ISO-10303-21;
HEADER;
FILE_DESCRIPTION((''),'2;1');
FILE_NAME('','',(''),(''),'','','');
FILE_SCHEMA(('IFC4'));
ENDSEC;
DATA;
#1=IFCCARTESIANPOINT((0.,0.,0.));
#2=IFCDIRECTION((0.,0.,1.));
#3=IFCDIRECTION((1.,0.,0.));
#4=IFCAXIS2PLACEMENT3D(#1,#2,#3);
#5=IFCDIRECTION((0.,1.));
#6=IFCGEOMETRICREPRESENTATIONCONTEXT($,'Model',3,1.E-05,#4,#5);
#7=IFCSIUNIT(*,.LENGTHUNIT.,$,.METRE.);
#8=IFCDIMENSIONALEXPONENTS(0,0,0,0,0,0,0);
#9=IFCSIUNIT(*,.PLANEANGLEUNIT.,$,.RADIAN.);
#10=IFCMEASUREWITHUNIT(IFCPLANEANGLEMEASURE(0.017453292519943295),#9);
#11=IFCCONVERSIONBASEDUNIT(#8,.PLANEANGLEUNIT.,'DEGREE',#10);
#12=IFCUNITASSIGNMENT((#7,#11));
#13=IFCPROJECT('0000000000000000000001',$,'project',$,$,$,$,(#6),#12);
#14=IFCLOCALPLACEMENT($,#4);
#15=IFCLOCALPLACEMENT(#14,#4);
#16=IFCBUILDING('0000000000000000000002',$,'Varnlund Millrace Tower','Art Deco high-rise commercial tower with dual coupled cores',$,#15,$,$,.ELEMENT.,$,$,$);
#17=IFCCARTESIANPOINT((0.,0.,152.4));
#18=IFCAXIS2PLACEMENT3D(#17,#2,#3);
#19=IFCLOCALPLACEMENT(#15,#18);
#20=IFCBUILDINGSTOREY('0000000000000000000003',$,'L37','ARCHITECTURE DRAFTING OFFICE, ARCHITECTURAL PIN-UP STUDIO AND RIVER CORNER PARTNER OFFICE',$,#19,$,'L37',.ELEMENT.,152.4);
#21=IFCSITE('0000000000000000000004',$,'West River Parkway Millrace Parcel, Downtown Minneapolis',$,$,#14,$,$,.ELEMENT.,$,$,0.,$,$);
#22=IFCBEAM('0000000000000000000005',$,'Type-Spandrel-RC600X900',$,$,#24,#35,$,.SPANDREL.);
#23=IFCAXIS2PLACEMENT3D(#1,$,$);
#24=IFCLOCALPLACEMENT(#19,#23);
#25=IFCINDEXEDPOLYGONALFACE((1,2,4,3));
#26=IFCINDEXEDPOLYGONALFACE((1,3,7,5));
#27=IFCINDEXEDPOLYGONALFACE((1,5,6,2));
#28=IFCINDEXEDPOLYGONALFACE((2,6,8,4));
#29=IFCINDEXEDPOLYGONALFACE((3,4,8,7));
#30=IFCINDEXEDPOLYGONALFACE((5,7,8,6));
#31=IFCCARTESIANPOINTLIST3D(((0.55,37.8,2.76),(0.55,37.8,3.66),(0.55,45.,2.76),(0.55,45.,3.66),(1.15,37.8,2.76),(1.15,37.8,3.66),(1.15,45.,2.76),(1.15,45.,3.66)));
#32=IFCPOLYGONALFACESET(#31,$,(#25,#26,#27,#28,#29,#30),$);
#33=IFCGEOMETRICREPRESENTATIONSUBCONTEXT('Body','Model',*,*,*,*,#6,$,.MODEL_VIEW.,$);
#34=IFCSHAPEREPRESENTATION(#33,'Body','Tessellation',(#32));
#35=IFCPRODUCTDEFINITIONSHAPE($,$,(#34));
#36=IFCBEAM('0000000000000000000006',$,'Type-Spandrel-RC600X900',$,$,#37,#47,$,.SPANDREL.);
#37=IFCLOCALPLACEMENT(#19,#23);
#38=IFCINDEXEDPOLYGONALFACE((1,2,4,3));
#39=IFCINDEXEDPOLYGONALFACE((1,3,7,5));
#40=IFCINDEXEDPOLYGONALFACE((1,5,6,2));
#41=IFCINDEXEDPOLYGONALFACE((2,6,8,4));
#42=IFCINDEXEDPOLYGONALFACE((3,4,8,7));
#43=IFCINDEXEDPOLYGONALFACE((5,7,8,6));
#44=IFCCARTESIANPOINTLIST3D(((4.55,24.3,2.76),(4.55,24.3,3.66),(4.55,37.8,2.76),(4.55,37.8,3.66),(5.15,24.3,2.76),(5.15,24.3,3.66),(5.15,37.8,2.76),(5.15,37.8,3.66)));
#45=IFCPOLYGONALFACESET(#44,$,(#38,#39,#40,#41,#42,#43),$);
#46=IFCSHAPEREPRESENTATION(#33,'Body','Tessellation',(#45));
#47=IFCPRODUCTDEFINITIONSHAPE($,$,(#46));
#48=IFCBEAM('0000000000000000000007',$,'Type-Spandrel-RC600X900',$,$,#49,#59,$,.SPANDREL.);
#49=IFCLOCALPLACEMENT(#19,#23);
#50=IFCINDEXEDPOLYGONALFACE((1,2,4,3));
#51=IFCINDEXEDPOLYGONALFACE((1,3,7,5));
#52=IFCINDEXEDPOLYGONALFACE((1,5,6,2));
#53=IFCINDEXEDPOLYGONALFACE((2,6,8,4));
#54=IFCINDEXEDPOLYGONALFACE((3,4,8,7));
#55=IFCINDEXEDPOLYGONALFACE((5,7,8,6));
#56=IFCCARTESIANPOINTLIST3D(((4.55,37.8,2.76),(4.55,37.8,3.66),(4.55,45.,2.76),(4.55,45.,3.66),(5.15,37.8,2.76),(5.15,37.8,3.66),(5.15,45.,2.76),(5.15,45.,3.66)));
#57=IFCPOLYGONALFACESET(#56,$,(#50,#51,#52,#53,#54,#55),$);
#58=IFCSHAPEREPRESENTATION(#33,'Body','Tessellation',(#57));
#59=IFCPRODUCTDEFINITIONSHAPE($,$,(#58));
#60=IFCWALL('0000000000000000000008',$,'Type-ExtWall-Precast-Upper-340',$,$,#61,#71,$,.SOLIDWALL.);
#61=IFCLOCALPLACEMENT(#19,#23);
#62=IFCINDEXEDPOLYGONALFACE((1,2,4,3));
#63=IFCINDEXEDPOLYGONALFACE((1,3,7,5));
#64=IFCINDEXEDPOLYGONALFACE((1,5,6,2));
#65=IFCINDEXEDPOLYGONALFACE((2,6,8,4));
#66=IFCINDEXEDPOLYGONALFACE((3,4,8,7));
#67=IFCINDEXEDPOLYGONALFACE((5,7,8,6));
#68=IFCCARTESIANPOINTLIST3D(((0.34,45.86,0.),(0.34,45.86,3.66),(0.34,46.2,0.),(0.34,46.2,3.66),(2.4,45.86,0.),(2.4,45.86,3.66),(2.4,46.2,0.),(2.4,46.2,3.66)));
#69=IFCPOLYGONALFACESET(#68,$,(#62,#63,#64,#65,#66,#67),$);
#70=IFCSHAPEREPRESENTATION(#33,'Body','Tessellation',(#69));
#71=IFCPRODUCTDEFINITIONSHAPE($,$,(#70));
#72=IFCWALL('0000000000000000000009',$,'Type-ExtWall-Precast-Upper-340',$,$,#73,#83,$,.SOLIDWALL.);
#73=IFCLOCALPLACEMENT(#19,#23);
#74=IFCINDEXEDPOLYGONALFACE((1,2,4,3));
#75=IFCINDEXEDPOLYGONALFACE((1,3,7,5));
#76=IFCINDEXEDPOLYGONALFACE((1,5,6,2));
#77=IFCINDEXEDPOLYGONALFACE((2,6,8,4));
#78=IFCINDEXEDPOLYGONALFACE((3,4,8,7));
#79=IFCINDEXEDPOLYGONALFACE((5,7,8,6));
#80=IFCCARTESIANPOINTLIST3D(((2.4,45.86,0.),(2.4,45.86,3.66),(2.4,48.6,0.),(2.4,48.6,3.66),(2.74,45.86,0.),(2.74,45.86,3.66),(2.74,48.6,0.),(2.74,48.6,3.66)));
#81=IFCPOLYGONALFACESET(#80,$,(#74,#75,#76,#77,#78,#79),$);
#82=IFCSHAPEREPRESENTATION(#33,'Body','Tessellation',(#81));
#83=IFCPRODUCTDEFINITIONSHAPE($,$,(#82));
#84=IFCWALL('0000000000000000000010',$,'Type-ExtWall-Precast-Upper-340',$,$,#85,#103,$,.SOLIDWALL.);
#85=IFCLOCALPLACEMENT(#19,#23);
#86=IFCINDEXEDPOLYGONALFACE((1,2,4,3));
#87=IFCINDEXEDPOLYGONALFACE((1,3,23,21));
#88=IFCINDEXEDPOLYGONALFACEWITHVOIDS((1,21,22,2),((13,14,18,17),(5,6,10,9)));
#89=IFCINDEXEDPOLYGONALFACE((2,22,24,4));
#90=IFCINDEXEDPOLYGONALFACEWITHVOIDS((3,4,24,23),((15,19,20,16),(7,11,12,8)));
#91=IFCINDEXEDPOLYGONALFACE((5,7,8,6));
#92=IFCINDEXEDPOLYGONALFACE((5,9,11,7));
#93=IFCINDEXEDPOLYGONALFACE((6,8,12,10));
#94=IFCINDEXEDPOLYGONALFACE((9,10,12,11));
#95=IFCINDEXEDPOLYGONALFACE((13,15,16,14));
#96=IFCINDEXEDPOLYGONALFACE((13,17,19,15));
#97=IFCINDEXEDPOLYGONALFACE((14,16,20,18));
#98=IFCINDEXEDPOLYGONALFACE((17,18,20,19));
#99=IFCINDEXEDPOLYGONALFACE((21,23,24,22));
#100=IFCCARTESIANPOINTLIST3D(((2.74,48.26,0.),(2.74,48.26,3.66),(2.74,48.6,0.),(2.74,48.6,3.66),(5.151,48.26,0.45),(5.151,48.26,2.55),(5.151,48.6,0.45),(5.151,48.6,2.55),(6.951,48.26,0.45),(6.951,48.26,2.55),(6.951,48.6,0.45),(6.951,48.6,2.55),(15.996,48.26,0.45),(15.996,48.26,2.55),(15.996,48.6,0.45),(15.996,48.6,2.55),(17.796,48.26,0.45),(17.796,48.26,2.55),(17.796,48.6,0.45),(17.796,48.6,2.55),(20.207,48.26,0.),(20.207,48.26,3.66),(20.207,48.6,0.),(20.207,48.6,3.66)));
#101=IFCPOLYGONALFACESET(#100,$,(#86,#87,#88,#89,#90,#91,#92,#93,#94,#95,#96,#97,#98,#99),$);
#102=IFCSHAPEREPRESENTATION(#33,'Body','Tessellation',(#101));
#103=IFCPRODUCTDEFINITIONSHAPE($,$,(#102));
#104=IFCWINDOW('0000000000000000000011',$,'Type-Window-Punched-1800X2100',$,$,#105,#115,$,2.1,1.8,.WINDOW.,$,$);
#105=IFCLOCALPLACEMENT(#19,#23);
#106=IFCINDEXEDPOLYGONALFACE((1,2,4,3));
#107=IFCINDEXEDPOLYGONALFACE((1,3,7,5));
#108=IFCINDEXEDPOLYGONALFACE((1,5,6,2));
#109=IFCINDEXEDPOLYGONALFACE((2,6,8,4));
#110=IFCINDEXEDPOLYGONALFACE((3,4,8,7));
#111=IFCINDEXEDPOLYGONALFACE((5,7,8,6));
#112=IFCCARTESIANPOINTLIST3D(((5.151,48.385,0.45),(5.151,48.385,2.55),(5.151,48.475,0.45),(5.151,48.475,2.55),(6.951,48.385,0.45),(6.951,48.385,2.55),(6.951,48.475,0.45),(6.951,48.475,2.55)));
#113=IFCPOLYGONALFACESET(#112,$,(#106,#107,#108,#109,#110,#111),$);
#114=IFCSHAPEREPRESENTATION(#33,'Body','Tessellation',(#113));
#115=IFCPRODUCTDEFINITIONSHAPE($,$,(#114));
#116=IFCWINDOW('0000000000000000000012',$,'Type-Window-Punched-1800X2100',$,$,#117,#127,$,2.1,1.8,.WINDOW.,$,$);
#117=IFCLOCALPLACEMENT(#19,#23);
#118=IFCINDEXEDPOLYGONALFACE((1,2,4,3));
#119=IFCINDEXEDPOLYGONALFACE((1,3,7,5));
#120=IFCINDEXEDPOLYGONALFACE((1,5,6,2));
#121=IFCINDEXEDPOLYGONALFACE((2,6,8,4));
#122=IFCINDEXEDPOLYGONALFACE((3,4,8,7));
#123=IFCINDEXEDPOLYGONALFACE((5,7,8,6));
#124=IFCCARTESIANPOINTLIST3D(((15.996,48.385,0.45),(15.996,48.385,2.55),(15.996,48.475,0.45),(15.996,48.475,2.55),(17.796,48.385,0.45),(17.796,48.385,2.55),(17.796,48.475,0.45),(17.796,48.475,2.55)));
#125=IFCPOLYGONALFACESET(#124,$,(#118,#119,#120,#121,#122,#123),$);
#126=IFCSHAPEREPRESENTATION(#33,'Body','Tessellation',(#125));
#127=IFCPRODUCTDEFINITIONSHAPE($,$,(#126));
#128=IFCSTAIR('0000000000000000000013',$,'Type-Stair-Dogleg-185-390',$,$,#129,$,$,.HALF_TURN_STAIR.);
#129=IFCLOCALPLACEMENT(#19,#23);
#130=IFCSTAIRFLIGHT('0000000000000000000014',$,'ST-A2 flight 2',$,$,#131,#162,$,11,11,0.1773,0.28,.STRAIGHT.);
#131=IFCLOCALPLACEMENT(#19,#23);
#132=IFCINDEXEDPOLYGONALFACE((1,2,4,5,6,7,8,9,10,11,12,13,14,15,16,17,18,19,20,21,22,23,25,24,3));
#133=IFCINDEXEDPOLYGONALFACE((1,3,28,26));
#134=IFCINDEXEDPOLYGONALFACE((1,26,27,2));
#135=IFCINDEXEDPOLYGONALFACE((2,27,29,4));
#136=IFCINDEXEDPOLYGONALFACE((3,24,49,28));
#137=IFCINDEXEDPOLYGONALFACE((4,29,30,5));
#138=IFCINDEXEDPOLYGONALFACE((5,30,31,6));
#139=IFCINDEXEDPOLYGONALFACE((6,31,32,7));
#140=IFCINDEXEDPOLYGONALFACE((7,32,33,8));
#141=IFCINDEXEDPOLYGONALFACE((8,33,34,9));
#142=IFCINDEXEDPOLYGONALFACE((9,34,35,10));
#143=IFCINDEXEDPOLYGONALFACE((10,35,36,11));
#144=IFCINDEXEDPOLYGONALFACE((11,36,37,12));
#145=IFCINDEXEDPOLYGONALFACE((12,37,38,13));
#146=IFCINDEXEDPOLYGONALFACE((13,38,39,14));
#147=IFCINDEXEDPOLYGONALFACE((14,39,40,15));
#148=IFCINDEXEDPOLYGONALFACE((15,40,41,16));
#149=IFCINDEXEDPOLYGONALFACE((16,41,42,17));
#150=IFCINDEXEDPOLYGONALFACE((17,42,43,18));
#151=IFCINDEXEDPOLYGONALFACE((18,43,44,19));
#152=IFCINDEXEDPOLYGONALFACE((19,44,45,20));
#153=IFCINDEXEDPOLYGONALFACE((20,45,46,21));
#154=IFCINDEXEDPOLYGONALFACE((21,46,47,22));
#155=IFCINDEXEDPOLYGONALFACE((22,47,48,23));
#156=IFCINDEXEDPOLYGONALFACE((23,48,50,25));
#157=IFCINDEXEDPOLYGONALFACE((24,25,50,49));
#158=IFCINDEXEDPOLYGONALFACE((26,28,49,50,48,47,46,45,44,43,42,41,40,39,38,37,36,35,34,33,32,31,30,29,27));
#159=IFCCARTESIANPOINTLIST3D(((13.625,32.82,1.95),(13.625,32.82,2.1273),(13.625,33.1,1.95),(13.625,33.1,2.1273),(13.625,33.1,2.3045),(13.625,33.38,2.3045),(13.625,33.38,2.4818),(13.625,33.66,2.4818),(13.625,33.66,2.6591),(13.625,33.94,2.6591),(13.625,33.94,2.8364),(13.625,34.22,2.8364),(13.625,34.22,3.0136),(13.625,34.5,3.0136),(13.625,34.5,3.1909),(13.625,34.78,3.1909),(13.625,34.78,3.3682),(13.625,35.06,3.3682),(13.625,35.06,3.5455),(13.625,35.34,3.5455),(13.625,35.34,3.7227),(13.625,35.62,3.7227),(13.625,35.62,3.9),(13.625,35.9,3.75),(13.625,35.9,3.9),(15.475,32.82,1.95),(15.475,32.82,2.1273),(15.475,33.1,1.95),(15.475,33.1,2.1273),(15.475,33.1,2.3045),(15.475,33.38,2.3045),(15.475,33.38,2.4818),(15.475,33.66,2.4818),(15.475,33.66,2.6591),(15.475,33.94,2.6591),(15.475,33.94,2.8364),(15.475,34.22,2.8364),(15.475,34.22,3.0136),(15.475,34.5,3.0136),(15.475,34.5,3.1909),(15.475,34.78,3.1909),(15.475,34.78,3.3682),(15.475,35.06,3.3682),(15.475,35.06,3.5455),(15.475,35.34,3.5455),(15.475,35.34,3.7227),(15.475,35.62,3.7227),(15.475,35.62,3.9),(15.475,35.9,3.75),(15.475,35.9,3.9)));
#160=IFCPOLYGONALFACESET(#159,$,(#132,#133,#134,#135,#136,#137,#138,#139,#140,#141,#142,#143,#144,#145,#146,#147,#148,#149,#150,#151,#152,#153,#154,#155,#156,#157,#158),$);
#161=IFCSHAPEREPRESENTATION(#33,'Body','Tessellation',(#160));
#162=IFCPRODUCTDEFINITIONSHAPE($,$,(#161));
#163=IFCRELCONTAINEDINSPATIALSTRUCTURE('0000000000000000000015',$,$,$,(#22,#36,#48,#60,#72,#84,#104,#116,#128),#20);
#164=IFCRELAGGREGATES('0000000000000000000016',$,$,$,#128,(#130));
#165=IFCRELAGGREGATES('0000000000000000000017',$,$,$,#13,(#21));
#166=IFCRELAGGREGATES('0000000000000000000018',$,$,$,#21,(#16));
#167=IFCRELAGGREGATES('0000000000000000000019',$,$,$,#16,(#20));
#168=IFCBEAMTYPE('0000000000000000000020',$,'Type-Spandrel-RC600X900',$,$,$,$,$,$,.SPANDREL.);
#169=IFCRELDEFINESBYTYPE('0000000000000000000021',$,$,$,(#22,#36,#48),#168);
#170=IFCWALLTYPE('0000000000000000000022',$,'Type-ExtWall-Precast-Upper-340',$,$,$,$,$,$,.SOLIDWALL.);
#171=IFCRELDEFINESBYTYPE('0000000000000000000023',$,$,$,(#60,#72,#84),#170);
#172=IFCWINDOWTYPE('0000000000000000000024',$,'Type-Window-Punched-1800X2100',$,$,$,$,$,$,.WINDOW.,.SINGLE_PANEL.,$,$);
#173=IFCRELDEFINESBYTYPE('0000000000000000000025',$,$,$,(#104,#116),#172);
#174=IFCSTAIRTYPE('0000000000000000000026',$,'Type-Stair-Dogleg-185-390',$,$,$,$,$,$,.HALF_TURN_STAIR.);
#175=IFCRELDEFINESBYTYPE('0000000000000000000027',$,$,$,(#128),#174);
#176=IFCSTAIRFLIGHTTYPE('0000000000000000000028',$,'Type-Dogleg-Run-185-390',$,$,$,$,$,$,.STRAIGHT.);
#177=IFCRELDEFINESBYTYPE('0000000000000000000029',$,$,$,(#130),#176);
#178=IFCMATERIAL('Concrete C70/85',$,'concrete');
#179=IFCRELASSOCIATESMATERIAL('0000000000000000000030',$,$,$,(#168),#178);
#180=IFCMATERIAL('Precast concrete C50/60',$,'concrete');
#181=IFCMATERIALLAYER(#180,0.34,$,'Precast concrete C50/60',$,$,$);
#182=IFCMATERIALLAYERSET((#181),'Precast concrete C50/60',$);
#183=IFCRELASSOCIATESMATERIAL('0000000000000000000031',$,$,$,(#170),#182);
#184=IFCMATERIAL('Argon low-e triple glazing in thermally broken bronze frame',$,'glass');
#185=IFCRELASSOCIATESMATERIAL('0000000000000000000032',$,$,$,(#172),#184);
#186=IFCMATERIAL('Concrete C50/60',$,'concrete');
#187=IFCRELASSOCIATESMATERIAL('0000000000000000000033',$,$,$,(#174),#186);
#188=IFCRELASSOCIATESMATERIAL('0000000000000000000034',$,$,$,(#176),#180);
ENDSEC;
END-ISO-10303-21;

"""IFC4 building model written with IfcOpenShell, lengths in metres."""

from ifc_helpers import new_model, entity, si_unit, converted_unit, direction, frame, origin_with_axes, origin_2d_with_axis, place, context, subcontext, project, spatial, polyline, rectangle, outline, extrude, material, layer, layer_set, material_profile, profile_set, type_object, element, fill, aggregate, save


model = new_model("IFC4")

# Units and contexts
model_context = context("Model", 3, precision=1e-05, world=origin_with_axes(), true_north=direction((0.0, 1.0)))
body_context = subcontext(model_context, "Body", "Model", "MODEL_VIEW")
ifc_project = project(units=[si_unit("LENGTHUNIT", "METRE"), converted_unit("PLANEANGLEUNIT", "DEGREE", entity("IfcPlaneAngleMeasure", 0.017453292519943295), si_unit("PLANEANGLEUNIT", "RADIAN"), dimensions=[0, 0, 0, 0, 0, 0, 0])], contexts=[model_context])

# Site, building, storey
site_placement = place(None, origin_with_axes())
site = spatial("IfcSite", under=ifc_project, at=site_placement, Name="West River Parkway Millrace Parcel, Downtown Minneapolis", CompositionType="ELEMENT", RefElevation=0.0)
building_placement = place(site_placement, origin_with_axes())
building = spatial("IfcBuilding", under=site, at=building_placement, Name="Varnlund Millrace Tower", Description="Art Deco high-rise commercial tower with dual coupled cores", CompositionType="ELEMENT")
storey_placement = place(building_placement, frame((0.0, 0.0, 152.4), z_axis=(0.0, 0.0, 1.0), x_axis=(1.0, 0.0, 0.0)))
storey = spatial("IfcBuildingStorey", under=building, at=storey_placement, Name="L37", Description="ARCHITECTURE DRAFTING OFFICE, ARCHITECTURAL PIN-UP STUDIO AND RIVER CORNER PARTNER OFFICE", LongName="L37", CompositionType="ELEMENT", Elevation=152.4)

# Beams
ifc_material_1 = material(Name="Concrete C70/85", Category="concrete")
ifc_material_profile_1 = material_profile(ifc_material_1, rectangle(XDim=0.6, YDim=0.9, at=origin_2d_with_axis()), Name="Concrete C70/85")
ifc_profile_set_1 = profile_set([ifc_material_profile_1], Name="Concrete C70/85")
beam_type_1 = type_object("IfcBeamType", Name="Type-Spandrel-RC600X900", PredefinedType="SPANDREL", material=ifc_profile_set_1)
beam_1_placement = place(storey_placement, frame((0.85, 37.8, 3.21), z_axis=(0.0, 1.0, 0.0), x_axis=(-1.0, 0.0, 0.0)))
element("IfcBeam", 1, at=beam_1_placement, inside=storey, type_object=beam_type_1, Name="Type-Spandrel-RC600X900", PredefinedType="SPANDREL", context=body_context, shape_type="SweptSolid", body=[
    extrude(rectangle(XDim=0.6, YDim=0.9, at=origin_2d_with_axis()), origin_with_axes(), (0.0, 0.0, 1.0), 7.2),
])
beam_2_placement = place(storey_placement, frame((4.85, 24.3, 3.21), z_axis=(0.0, 1.0, 0.0), x_axis=(-1.0, 0.0, 0.0)))
element("IfcBeam", 2, at=beam_2_placement, inside=storey, type_object=beam_type_1, Name="Type-Spandrel-RC600X900", PredefinedType="SPANDREL", context=body_context, shape_type="SweptSolid", body=[
    extrude(rectangle(XDim=0.6, YDim=0.9, at=origin_2d_with_axis()), origin_with_axes(), (0.0, 0.0, 1.0), 13.5),
])
beam_3_placement = place(storey_placement, frame((4.85, 37.8, 3.21), z_axis=(0.0, 1.0, 0.0), x_axis=(-1.0, 0.0, 0.0)))
element("IfcBeam", 3, at=beam_3_placement, inside=storey, type_object=beam_type_1, Name="Type-Spandrel-RC600X900", PredefinedType="SPANDREL", context=body_context, shape_type="SweptSolid", body=[
    extrude(rectangle(XDim=0.6, YDim=0.9, at=origin_2d_with_axis()), origin_with_axes(), (0.0, 0.0, 1.0), 7.2),
])

# Walls
ifc_material_2 = material(Name="Precast concrete C50/60", Category="concrete")
ifc_layer = layer(ifc_material_2, 0.34, Name="Precast concrete C50/60")
ifc_layer_set = layer_set([ifc_layer], Name="Precast concrete C50/60")
wall_type = type_object("IfcWallType", Name="Type-ExtWall-Precast-Upper-340", PredefinedType="SOLIDWALL", material=ifc_layer_set)
wall_1_placement = place(storey_placement, frame((0.34, 46.03, 0.0), z_axis=(0.0, 0.0, 1.0), x_axis=(1.0, 0.0, 0.0)))
element("IfcWall", 4, at=wall_1_placement, inside=storey, type_object=wall_type, Name="Type-ExtWall-Precast-Upper-340", PredefinedType="SOLIDWALL", context=body_context, shape_type="SweptSolid", body=[
    extrude(outline(polyline([(0.0, -0.17), (2.06, -0.17), (2.06, 0.17), (0.0, 0.17), (0.0, -0.17)])), origin_with_axes(), (0.0, 0.0, 1.0), 3.66),
])
wall_2_placement = place(storey_placement, frame((2.57, 45.86, 0.0), z_axis=(0.0, 0.0, 1.0), x_axis=(0.0, 1.0, 0.0)))
element("IfcWall", 5, at=wall_2_placement, inside=storey, type_object=wall_type, Name="Type-ExtWall-Precast-Upper-340", PredefinedType="SOLIDWALL", context=body_context, shape_type="SweptSolid", body=[
    extrude(outline(polyline([(0.0, -0.17), (2.74, -0.17), (2.74, 0.17), (0.0, 0.17), (0.0, -0.17)])), origin_with_axes(), (0.0, 0.0, 1.0), 3.66),
])

# Wall, openings, windows
wall_3_placement = place(storey_placement, frame((2.74, 48.43, 0.0), z_axis=(0.0, 0.0, 1.0), x_axis=(1.0, 0.0, 0.0)))
wall_3 = element("IfcWall", 6, at=wall_3_placement, inside=storey, type_object=wall_type, Name="Type-ExtWall-Precast-Upper-340", PredefinedType="SOLIDWALL", context=body_context, shape_type="SweptSolid", body=[
    extrude(outline(polyline([(0.0, -0.17), (17.467, -0.17), (17.467, 0.17), (0.0, 0.17), (0.0, -0.17)])), origin_with_axes(), (0.0, 0.0, 1.0), 3.66),
])
opening_1_placement = place(wall_3_placement, frame((3.311, 0.0, 0.45), z_axis=(0.0, 0.0, 1.0), x_axis=(1.0, 0.0, 0.0)))
opening_1 = element("IfcOpeningElement", 7, at=opening_1_placement, cuts=wall_3, PredefinedType="OPENING", context=body_context, shape_type="SweptSolid", body=[
    extrude(rectangle(XDim=1.8, YDim=0.36, at=origin_2d_with_axis()), origin_with_axes(), (0.0, 0.0, 1.0), 2.1),
])
opening_2_placement = place(wall_3_placement, frame((14.156, 0.0, 0.45), z_axis=(0.0, 0.0, 1.0), x_axis=(1.0, 0.0, 0.0)))
opening_2 = element("IfcOpeningElement", 8, at=opening_2_placement, cuts=wall_3, PredefinedType="OPENING", context=body_context, shape_type="SweptSolid", body=[
    extrude(rectangle(XDim=1.8, YDim=0.36, at=origin_2d_with_axis()), origin_with_axes(), (0.0, 0.0, 1.0), 2.1),
])
ifc_material_3 = material(Name="Argon low-e triple glazing in thermally broken bronze frame", Category="glass")
window_type = type_object("IfcWindowType", Name="Type-Window-Punched-1800X2100", PartitioningType="SINGLE_PANEL", PredefinedType="WINDOW", material=ifc_material_3)
window_1_placement = place(wall_3_placement, frame((3.311, 0.0, 0.45), z_axis=(0.0, 0.0, 1.0), x_axis=(1.0, 0.0, 0.0)))
window_1 = element("IfcWindow", 9, at=window_1_placement, inside=storey, type_object=window_type, Name="Type-Window-Punched-1800X2100", OverallHeight=2.1, OverallWidth=1.8, PredefinedType="WINDOW", context=body_context, shape_type="SweptSolid", body=[
    extrude(rectangle(XDim=1.8, YDim=0.09, at=origin_2d_with_axis()), origin_with_axes(), (0.0, 0.0, 1.0), 2.1),
])
fill(opening_1, window_1)
window_2_placement = place(wall_3_placement, frame((14.156, 0.0, 0.45), z_axis=(0.0, 0.0, 1.0), x_axis=(1.0, 0.0, 0.0)))
window_2 = element("IfcWindow", 10, at=window_2_placement, inside=storey, type_object=window_type, Name="Type-Window-Punched-1800X2100", OverallHeight=2.1, OverallWidth=1.8, PredefinedType="WINDOW", context=body_context, shape_type="SweptSolid", body=[
    extrude(rectangle(XDim=1.8, YDim=0.09, at=origin_2d_with_axis()), origin_with_axes(), (0.0, 0.0, 1.0), 2.1),
])
fill(opening_2, window_2)

# Stair, stair flight
ifc_material_4 = material(Name="Concrete C50/60", Category="concrete")
stair_type = type_object("IfcStairType", Name="Type-Stair-Dogleg-185-390", PredefinedType="HALF_TURN_STAIR", material=ifc_material_4)
stair_placement = place(storey_placement, origin_with_axes())
stair = element("IfcStair", 11, at=stair_placement, inside=storey, type_object=stair_type, Name="Type-Stair-Dogleg-185-390", PredefinedType="HALF_TURN_STAIR")
stair_flight_type = type_object("IfcStairFlightType", Name="Type-Dogleg-Run-185-390", PredefinedType="STRAIGHT", material=ifc_material_2)
stair_flight_placement = place(storey_placement, frame((13.625, 32.82, 1.95), z_axis=(1.0, 0.0, 0.0), x_axis=(0.0, 1.0, 0.0)))
stair_flight = element("IfcStairFlight", 12, at=stair_flight_placement, type_object=stair_flight_type, Name="ST-A2 flight 2", NumberOfRisers=11, NumberOfTreads=11, PredefinedType="STRAIGHT", RiserHeight=0.1773, TreadLength=0.28, context=body_context, shape_type="SweptSolid", body=[
    extrude(outline(polyline([(0.0, 0.0), (0.0, 0.1773), (0.28, 0.1773), (0.28, 0.3545), (0.56, 0.3545), (0.56, 0.5318), (0.84, 0.5318), (0.84, 0.7091), (1.12, 0.7091), (1.12, 0.8864), (1.4, 0.8864), (1.4, 1.0636), (1.68, 1.0636), (1.68, 1.2409), (1.96, 1.2409), (1.96, 1.4182), (2.24, 1.4182), (2.24, 1.5955), (2.52, 1.5955), (2.52, 1.7727), (2.8, 1.7727), (2.8, 1.95), (3.08, 1.95), (3.08, 1.8), (0.28, 0.0), (0.0, 0.0)])), origin_with_axes(), (0.0, 0.0, 1.0), 1.85),
])
aggregate(stair, [stair_flight])

save(model, "model.ifc")
